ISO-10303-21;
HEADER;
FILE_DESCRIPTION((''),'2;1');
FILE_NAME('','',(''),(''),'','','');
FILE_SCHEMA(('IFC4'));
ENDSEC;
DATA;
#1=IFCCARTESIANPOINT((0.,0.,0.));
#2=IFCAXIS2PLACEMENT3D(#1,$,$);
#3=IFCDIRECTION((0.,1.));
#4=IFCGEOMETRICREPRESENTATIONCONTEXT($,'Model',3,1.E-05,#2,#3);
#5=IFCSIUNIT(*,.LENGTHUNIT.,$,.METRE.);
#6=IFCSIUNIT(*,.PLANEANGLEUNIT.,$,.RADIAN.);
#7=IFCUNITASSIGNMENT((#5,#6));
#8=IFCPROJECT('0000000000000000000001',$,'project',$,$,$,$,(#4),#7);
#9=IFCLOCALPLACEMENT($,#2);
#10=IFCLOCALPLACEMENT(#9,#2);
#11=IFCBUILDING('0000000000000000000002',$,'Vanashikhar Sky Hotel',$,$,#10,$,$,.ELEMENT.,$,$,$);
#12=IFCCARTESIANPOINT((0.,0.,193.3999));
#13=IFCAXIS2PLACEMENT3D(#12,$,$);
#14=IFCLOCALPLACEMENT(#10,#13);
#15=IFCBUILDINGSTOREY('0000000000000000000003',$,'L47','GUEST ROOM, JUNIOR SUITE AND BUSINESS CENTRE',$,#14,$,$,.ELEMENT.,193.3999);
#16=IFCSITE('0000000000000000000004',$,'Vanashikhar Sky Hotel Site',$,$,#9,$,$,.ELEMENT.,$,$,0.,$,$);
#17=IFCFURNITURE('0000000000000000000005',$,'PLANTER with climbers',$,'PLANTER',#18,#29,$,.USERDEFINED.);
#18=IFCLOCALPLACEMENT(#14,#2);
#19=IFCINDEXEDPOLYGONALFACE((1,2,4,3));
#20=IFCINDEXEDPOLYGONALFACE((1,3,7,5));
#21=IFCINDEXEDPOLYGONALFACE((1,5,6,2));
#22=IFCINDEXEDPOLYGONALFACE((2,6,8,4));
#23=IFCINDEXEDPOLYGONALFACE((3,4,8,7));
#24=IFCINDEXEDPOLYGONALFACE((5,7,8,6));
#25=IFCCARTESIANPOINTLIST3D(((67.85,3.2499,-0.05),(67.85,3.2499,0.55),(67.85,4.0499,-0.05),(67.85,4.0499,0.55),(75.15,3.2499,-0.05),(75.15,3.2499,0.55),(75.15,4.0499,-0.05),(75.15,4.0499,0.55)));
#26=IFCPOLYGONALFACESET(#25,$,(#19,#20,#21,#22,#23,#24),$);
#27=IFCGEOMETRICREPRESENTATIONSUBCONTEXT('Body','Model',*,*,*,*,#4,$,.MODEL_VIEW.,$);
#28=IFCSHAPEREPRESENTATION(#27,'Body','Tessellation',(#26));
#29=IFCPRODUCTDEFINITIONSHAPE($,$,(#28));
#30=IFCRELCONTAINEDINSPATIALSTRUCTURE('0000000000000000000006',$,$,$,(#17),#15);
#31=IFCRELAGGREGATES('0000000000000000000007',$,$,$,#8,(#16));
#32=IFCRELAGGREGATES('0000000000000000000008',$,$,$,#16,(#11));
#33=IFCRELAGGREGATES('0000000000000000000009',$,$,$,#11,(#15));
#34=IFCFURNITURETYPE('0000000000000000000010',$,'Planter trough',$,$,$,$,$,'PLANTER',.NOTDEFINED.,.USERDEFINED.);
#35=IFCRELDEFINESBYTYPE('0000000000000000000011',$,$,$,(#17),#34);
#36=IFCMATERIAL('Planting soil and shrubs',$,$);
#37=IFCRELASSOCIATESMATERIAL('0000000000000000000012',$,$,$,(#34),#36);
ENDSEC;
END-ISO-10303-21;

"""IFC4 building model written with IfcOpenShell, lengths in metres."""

from ifc_helpers import new_model, si_unit, direction, frame, origin, origin_2d, place, context, subcontext, project, spatial, rectangle, extrude, source, transform, mapped, material, type_object, element, save


model = new_model("IFC4")

# Units and contexts
model_context = context("Model", 3, precision=1e-05, world=origin(), true_north=direction((0.0, 1.0)))
body_context = subcontext(model_context, "Body", "Model", "MODEL_VIEW")
ifc_project = project(units=[si_unit("LENGTHUNIT", "METRE"), si_unit("PLANEANGLEUNIT", "RADIAN")], contexts=[model_context])

# Site, building, storey
site_placement = place(None, origin())
site = spatial("IfcSite", under=ifc_project, at=site_placement, Name="Vanashikhar Sky Hotel Site", CompositionType="ELEMENT", RefElevation=0.0)
building_placement = place(site_placement, origin())
building = spatial("IfcBuilding", under=site, at=building_placement, Name="Vanashikhar Sky Hotel", CompositionType="ELEMENT")
storey_placement = place(building_placement, frame((0.0, 0.0, 193.3999)))
storey = spatial("IfcBuildingStorey", under=building, at=storey_placement, Name="L47", Description="GUEST ROOM, JUNIOR SUITE AND BUSINESS CENTRE", CompositionType="ELEMENT", Elevation=193.3999)

# Furniture
ifc_material_1 = material(Name="Planting soil and shrubs")
furniture_type = type_object("IfcFurnitureType", Name="Planter trough", ElementType="PLANTER", AssemblyPlace="NOTDEFINED", PredefinedType="USERDEFINED", material=ifc_material_1)
shared_shape_1 = source(origin(), body_context, "Body", "SweptSolid", [
    extrude(rectangle(XDim=7.3, YDim=0.8, at=origin_2d()), origin(), (0.0, 0.0, 1.0), 0.6001),
])
furniture_placement = place(storey_placement, frame((71.5, 3.6499, -0.05), z_axis=(0.0, 0.0, 1.0), x_axis=(1.0, 0.0, 0.0)))
element("IfcFurniture", 1, at=furniture_placement, inside=storey, type_object=furniture_type, Name="PLANTER with climbers", ObjectType="PLANTER", PredefinedType="USERDEFINED", context=body_context, shape_type="MappedRepresentation", body=[
    mapped(shared_shape_1, transform((0.0, 0.0, 0.0), scale=1.0)),
])

save(model, "model.ifc")
